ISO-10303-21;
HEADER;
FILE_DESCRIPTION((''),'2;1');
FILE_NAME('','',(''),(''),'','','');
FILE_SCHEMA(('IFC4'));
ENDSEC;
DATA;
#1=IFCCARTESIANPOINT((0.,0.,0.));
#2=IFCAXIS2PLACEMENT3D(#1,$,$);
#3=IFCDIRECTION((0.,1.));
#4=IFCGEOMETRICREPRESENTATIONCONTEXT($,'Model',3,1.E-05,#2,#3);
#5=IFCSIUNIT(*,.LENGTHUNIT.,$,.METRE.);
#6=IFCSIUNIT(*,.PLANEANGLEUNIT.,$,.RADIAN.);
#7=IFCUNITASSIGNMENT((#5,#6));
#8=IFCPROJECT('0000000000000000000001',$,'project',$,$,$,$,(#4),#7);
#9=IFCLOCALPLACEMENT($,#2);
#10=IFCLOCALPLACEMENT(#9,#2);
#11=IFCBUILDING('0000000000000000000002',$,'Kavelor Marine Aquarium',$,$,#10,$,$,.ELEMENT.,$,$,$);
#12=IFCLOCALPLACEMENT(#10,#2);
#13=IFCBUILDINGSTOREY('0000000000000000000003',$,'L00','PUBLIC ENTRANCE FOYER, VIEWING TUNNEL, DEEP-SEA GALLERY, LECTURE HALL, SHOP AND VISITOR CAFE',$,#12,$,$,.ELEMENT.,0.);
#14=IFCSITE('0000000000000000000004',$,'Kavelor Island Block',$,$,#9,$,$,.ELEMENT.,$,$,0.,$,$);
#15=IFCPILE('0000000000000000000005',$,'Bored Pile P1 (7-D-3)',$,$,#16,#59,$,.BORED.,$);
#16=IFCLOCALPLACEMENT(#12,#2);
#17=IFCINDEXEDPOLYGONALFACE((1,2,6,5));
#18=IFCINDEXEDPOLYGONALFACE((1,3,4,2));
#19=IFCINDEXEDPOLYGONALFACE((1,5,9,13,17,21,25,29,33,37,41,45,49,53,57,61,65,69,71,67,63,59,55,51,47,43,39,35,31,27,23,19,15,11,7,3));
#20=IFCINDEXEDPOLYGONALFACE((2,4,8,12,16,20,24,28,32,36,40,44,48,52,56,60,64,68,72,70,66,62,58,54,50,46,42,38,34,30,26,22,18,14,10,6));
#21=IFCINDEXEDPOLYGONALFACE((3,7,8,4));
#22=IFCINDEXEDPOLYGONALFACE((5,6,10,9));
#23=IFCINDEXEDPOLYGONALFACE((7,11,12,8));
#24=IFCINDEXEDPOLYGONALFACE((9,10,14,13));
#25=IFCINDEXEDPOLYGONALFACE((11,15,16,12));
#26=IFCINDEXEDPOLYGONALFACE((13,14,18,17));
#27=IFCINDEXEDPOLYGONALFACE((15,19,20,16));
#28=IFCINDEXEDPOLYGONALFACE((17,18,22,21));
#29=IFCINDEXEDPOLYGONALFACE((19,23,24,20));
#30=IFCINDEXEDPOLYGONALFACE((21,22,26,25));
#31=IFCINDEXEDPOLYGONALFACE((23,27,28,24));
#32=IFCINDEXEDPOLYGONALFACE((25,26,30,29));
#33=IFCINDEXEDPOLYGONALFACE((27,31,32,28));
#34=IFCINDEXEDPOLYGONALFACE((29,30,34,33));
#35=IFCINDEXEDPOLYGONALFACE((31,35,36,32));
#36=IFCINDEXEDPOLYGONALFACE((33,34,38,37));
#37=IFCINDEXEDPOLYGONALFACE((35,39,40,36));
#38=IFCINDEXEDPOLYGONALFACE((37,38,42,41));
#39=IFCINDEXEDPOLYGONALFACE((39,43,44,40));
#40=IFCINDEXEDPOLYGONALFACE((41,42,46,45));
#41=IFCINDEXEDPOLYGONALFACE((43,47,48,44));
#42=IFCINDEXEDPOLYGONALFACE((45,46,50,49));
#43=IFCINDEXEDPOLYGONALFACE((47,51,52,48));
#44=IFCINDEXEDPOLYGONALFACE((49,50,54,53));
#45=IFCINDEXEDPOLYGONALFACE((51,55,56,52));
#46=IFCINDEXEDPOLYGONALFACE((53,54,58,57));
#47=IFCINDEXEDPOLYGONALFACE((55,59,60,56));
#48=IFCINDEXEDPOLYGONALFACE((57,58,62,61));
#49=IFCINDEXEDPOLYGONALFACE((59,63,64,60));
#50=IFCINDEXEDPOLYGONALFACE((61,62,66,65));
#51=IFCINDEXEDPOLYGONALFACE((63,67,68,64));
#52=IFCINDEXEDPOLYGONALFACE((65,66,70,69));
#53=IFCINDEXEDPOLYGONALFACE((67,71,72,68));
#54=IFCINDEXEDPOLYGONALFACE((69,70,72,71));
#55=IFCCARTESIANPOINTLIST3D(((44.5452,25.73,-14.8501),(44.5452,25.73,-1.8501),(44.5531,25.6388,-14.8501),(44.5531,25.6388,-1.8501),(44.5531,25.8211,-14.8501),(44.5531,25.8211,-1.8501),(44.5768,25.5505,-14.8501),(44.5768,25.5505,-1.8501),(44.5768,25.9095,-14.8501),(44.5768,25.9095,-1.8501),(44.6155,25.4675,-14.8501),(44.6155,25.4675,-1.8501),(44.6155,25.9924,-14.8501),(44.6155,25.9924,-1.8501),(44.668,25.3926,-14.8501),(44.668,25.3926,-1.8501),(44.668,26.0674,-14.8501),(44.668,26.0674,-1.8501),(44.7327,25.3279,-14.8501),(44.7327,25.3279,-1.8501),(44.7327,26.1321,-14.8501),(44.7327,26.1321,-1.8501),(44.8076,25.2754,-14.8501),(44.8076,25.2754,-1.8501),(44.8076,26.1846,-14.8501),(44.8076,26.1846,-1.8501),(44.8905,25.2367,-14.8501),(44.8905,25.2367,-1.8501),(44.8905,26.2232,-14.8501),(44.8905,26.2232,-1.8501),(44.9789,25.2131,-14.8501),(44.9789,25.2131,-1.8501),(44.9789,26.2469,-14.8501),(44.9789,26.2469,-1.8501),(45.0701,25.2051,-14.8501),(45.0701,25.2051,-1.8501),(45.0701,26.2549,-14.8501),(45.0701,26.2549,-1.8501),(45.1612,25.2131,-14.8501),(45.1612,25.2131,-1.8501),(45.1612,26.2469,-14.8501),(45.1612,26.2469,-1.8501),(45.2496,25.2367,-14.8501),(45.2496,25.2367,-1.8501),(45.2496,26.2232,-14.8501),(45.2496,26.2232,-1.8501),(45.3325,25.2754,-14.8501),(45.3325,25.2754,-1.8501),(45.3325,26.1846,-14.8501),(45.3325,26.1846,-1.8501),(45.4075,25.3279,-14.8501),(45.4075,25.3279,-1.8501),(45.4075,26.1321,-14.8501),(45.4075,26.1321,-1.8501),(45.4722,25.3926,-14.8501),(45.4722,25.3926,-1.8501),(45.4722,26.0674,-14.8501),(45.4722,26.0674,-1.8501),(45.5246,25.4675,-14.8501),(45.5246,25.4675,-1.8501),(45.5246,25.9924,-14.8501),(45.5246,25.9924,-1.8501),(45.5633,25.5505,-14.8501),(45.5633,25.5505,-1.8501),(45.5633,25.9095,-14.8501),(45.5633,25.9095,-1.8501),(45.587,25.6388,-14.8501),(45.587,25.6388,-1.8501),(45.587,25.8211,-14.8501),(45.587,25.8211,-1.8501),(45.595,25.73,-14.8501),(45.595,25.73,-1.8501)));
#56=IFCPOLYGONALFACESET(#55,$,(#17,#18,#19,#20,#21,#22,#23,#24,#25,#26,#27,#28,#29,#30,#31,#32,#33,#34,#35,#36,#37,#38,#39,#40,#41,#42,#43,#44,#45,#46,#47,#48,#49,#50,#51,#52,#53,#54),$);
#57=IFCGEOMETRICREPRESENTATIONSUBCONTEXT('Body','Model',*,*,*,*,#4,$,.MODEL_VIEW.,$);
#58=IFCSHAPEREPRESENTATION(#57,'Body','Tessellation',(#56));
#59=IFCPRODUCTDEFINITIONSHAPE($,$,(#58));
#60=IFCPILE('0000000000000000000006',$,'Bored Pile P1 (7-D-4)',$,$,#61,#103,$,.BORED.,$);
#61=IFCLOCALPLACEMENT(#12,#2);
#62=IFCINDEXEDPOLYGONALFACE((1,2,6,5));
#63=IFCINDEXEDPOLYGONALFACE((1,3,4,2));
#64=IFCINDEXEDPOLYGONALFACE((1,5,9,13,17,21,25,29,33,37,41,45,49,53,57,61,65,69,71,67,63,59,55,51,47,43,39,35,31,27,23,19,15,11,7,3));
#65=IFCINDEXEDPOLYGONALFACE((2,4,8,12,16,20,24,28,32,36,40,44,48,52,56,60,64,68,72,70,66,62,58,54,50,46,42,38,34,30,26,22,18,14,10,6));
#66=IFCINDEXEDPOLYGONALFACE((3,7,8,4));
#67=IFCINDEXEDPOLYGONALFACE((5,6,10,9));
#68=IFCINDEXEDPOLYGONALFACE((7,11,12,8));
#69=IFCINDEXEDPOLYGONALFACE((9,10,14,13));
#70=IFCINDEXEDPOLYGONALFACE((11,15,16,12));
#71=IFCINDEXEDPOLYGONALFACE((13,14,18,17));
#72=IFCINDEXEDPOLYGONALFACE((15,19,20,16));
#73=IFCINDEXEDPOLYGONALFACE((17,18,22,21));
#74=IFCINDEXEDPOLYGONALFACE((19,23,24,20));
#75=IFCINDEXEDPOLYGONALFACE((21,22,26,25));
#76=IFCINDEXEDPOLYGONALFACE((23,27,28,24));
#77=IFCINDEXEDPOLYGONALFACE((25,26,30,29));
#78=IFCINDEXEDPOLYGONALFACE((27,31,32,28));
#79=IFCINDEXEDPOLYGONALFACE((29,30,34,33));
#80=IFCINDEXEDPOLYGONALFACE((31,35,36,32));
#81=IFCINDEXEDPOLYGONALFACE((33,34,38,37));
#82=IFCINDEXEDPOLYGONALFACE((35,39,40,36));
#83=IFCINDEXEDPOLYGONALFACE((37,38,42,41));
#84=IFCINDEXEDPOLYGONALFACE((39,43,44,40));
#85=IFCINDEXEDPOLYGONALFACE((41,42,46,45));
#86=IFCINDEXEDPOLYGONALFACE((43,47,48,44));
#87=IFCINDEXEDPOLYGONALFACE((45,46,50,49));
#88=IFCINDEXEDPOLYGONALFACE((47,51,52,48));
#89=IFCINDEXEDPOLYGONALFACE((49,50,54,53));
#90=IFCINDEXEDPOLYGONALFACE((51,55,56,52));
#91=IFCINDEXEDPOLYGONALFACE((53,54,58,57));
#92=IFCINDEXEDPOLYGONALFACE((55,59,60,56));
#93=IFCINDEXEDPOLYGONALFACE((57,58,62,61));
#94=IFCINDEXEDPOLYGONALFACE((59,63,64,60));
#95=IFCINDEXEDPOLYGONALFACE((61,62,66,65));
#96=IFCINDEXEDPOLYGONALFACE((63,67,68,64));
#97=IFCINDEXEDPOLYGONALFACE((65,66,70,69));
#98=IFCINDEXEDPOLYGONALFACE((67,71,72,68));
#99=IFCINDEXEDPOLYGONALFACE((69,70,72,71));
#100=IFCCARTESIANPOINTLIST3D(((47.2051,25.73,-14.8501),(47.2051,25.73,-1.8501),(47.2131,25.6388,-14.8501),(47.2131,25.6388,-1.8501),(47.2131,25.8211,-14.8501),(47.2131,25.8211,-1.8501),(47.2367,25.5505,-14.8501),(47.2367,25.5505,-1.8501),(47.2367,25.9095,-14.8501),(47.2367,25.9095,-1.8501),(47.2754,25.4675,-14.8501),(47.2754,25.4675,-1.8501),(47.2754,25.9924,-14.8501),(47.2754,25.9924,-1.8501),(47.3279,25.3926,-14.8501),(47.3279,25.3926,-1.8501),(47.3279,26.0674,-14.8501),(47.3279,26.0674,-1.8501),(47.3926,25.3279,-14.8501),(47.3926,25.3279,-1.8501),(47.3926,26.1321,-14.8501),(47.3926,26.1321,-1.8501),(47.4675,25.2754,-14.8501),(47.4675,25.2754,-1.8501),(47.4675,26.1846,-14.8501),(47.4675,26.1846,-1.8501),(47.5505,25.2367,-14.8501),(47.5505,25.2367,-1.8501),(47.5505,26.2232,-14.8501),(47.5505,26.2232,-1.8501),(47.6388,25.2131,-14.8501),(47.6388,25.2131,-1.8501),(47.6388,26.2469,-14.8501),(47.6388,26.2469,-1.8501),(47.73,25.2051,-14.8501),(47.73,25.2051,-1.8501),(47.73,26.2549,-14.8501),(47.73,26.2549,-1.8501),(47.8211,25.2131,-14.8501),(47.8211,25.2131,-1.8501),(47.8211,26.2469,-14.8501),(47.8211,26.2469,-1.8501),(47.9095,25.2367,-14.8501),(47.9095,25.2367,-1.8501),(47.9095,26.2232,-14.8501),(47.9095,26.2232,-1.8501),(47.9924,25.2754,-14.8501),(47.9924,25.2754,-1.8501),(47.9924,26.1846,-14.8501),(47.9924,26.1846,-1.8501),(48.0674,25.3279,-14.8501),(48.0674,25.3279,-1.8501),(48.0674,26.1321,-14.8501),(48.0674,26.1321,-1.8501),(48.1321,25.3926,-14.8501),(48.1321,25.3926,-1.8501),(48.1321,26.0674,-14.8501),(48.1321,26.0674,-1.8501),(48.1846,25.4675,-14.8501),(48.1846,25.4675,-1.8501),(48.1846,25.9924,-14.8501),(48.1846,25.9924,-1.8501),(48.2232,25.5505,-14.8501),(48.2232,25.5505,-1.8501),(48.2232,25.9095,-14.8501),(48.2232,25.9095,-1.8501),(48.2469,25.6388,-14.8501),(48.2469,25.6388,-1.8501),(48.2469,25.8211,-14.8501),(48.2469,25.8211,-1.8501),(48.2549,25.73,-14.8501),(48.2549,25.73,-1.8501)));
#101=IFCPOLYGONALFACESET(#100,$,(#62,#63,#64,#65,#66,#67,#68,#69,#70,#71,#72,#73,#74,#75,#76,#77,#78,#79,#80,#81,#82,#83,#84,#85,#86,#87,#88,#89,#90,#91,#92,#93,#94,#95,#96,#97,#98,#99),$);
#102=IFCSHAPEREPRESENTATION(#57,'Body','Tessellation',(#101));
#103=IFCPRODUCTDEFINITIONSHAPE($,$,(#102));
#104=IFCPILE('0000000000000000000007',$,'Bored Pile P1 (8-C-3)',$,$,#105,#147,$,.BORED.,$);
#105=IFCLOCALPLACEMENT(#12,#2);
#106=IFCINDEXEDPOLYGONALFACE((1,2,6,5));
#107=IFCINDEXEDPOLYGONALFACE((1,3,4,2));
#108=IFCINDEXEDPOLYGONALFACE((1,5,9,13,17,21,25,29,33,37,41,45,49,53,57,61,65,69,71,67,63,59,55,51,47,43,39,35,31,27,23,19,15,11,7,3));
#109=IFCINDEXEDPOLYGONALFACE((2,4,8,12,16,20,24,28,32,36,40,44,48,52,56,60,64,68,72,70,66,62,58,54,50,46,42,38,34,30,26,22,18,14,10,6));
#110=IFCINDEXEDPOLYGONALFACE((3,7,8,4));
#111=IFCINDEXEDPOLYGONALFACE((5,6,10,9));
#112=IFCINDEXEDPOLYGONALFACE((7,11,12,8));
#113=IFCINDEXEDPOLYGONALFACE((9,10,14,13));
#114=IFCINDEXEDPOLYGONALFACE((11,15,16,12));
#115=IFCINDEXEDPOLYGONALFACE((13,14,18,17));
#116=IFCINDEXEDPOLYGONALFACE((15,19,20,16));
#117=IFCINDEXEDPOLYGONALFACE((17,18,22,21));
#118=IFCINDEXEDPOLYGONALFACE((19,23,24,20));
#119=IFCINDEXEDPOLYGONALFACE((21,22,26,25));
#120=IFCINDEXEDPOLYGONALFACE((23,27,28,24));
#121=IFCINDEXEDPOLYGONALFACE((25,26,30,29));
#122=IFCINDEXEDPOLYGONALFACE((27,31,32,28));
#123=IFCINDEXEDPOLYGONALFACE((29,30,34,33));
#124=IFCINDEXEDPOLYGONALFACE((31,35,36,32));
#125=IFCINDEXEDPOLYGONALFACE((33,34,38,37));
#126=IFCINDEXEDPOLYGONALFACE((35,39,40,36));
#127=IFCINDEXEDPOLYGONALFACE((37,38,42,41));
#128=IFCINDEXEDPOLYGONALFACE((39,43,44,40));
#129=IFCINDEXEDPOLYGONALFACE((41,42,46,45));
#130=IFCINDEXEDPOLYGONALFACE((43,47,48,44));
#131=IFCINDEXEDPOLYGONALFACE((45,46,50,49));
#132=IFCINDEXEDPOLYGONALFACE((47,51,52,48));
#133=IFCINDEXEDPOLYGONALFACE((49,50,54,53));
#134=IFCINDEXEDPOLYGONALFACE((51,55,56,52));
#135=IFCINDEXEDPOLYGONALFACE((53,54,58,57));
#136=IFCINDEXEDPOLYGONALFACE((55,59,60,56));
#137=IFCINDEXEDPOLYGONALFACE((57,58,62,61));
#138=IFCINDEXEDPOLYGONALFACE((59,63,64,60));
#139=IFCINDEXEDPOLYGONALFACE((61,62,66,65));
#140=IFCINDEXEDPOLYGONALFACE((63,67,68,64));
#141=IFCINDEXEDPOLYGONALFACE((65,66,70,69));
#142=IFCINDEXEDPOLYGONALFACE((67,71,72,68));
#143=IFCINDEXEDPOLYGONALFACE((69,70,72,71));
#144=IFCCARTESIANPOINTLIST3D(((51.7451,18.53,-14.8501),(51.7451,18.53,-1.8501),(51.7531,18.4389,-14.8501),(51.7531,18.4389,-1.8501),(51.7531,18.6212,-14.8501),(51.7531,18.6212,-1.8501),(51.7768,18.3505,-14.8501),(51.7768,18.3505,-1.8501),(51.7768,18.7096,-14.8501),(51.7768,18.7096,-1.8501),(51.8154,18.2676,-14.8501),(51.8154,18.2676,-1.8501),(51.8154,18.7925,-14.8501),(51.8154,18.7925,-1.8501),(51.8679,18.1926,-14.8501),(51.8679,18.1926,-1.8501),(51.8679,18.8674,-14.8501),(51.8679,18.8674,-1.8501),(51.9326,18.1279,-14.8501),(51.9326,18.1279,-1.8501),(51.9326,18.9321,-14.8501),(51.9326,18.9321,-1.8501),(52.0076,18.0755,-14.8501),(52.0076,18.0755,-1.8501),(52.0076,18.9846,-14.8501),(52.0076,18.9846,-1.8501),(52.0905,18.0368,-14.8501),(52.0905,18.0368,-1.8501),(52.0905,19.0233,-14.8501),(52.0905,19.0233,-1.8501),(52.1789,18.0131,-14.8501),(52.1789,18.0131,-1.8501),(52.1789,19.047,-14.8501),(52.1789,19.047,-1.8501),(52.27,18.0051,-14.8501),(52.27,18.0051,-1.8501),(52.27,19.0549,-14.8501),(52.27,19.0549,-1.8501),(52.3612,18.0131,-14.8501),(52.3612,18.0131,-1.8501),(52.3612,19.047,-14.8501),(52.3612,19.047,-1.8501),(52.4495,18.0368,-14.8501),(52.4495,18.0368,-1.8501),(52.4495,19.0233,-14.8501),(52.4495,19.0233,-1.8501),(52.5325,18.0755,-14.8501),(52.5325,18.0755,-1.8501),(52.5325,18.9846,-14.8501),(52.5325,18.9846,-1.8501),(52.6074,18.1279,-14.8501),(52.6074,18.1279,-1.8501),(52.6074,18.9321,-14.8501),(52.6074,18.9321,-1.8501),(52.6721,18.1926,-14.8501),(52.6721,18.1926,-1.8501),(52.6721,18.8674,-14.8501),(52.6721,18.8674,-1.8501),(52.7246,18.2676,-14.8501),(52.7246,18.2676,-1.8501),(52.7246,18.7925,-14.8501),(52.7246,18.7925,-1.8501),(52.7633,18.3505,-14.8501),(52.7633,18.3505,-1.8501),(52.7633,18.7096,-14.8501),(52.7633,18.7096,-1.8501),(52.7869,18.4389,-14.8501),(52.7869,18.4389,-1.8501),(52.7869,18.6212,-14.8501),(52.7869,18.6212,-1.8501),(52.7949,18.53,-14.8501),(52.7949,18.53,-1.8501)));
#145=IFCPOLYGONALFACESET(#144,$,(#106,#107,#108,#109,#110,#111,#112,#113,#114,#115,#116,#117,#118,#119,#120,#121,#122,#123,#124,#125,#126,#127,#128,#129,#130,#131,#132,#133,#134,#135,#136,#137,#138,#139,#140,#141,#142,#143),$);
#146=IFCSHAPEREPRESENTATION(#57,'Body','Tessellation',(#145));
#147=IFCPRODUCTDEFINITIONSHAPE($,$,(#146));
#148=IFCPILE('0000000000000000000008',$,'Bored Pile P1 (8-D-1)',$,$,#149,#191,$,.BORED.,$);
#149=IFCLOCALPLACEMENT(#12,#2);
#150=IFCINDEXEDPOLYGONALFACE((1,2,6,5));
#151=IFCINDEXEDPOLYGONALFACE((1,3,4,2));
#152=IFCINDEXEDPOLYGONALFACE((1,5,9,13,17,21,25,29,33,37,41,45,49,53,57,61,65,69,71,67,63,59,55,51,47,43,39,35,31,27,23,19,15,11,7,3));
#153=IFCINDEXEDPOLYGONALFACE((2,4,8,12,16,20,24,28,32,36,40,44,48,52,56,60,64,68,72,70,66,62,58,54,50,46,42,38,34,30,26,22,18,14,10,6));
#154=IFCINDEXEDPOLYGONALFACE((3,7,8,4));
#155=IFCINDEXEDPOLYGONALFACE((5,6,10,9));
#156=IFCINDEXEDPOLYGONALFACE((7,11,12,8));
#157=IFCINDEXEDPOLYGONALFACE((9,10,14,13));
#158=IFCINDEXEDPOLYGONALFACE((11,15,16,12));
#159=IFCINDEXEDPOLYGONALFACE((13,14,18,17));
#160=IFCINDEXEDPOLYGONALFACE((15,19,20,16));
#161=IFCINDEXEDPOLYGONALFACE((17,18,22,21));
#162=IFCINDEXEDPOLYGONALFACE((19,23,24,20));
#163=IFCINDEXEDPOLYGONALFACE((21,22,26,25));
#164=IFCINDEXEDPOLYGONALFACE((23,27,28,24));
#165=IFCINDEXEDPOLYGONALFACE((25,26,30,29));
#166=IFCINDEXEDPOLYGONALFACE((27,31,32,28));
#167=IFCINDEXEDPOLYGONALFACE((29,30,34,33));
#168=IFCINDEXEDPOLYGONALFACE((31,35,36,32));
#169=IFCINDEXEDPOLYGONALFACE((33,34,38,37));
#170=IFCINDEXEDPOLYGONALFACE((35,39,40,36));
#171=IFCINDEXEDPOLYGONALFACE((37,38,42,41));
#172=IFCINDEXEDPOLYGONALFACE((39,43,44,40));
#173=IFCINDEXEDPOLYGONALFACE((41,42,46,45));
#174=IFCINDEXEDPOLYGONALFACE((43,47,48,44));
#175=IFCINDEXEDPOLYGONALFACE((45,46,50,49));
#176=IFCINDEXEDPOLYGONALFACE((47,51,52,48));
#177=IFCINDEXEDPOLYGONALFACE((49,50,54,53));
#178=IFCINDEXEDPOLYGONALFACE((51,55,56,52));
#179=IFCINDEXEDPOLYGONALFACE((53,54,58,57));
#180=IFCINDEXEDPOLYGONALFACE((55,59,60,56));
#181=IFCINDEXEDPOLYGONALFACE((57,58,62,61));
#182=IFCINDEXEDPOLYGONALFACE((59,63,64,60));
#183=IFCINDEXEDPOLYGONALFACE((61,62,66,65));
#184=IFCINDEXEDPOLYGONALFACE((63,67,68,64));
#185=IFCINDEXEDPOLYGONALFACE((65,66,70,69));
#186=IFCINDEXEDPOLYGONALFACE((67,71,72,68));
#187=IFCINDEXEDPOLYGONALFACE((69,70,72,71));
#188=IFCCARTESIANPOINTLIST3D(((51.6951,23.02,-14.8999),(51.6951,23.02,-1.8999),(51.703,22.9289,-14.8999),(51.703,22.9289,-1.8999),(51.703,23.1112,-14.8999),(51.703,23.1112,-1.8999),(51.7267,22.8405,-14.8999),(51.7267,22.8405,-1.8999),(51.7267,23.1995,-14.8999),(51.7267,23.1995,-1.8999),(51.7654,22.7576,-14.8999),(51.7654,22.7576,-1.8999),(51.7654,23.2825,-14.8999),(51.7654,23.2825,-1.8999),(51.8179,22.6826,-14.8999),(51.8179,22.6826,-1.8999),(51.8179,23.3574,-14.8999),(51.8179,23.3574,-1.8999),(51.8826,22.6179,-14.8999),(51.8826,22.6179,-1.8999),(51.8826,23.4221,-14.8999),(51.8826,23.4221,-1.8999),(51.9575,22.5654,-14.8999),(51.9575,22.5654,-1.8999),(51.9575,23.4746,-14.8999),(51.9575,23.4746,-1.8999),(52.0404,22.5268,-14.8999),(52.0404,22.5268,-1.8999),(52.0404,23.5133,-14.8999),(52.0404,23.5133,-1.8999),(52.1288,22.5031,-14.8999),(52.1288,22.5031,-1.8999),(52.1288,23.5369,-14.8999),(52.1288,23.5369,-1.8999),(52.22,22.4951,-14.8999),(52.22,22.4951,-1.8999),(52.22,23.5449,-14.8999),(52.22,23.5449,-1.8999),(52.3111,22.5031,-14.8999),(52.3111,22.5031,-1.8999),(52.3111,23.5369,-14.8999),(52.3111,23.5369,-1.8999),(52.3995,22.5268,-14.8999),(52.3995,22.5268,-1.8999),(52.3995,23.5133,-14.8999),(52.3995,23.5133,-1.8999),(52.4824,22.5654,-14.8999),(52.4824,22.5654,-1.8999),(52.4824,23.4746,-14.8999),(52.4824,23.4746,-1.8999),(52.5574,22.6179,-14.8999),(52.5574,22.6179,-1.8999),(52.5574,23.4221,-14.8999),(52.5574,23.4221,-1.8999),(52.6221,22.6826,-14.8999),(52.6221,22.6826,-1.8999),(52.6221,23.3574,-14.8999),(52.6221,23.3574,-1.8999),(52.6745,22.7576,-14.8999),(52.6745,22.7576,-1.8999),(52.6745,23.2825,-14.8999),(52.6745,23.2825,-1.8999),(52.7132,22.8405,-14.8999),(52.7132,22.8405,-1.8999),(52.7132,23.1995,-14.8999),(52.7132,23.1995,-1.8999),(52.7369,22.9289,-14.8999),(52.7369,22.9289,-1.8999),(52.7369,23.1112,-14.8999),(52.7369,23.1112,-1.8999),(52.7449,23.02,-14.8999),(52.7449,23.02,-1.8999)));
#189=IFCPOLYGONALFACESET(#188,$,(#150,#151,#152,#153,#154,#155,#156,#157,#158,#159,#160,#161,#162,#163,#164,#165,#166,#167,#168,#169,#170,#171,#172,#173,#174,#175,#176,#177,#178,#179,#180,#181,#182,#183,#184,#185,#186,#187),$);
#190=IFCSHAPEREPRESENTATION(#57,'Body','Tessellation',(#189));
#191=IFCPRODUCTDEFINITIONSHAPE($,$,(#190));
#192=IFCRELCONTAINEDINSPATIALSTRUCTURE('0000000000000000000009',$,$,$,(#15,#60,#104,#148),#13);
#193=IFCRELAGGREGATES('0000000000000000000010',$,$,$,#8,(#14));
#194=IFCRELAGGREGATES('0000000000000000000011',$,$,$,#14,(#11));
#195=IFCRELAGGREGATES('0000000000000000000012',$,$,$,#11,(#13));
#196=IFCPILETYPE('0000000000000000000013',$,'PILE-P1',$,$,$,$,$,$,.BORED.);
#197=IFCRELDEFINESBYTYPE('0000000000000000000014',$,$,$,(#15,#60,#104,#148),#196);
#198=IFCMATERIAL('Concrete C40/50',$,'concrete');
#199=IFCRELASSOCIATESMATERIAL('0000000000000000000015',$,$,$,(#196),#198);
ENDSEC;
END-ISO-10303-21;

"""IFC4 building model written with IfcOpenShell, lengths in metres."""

from ifc_helpers import new_model, si_unit, direction, frame, origin, origin_2d, place, context, subcontext, project, spatial, circle, extrude, material, material_profile, profile_set, type_object, element, save


model = new_model("IFC4")

# Units and contexts
model_context = context("Model", 3, precision=1e-05, world=origin(), true_north=direction((0.0, 1.0)))
body_context = subcontext(model_context, "Body", "Model", "MODEL_VIEW")
ifc_project = project(units=[si_unit("LENGTHUNIT", "METRE"), si_unit("PLANEANGLEUNIT", "RADIAN")], contexts=[model_context])

# Site, building, storey
site_placement = place(None, origin())
site = spatial("IfcSite", under=ifc_project, at=site_placement, Name="Kavelor Island Block", CompositionType="ELEMENT", RefElevation=0.0)
building_placement = place(site_placement, origin())
building = spatial("IfcBuilding", under=site, at=building_placement, Name="Kavelor Marine Aquarium", CompositionType="ELEMENT")
storey_placement = place(building_placement, origin())
storey = spatial("IfcBuildingStorey", under=building, at=storey_placement, Name="L00", Description="PUBLIC ENTRANCE FOYER, VIEWING TUNNEL, DEEP-SEA GALLERY, LECTURE HALL, SHOP AND VISITOR CAFE", CompositionType="ELEMENT", Elevation=0.0)

# Piles
ifc_material_1 = material(Name="Concrete C40/50", Category="concrete")
ifc_material_profile_1 = material_profile(ifc_material_1, circle(Radius=0.5249, at=origin_2d()), Name="PILE D1050")
ifc_profile_set_1 = profile_set([ifc_material_profile_1], Name="Concrete C40/50")
pile_type = type_object("IfcPileType", Name="PILE-P1", PredefinedType="BORED", material=ifc_profile_set_1)
for number, where, z_axis, x_axis, name in (
    (1, (45.0701, 25.73, -1.8501), (0.0, 0.0, -1.0), (1.0, 0.0, 0.0), "Bored Pile P1 (7-D-3)"),
    (2, (47.73, 25.73, -1.8501), (0.0, 0.0, -1.0), (1.0, 0.0, 0.0), "Bored Pile P1 (7-D-4)"),
    (3, (52.27, 18.53, -1.8501), (0.0, 0.0, -1.0), (1.0, 0.0, 0.0), "Bored Pile P1 (8-C-3)"),
    (4, (52.22, 23.02, -1.8999), (0.0, 0.0, -1.0), (1.0, 0.0, 0.0), "Bored Pile P1 (8-D-1)"),
):
    element("IfcPile", number, at=place(storey_placement, frame(where, z_axis=z_axis, x_axis=x_axis)), inside=storey, type_object=pile_type, Name=name, PredefinedType="BORED", context=body_context, shape_type="SweptSolid", body=[
        extrude(circle(Radius=0.5249, at=origin_2d()), origin(), (0.0, 0.0, 1.0), 13.0),
    ])

save(model, "model.ifc")
